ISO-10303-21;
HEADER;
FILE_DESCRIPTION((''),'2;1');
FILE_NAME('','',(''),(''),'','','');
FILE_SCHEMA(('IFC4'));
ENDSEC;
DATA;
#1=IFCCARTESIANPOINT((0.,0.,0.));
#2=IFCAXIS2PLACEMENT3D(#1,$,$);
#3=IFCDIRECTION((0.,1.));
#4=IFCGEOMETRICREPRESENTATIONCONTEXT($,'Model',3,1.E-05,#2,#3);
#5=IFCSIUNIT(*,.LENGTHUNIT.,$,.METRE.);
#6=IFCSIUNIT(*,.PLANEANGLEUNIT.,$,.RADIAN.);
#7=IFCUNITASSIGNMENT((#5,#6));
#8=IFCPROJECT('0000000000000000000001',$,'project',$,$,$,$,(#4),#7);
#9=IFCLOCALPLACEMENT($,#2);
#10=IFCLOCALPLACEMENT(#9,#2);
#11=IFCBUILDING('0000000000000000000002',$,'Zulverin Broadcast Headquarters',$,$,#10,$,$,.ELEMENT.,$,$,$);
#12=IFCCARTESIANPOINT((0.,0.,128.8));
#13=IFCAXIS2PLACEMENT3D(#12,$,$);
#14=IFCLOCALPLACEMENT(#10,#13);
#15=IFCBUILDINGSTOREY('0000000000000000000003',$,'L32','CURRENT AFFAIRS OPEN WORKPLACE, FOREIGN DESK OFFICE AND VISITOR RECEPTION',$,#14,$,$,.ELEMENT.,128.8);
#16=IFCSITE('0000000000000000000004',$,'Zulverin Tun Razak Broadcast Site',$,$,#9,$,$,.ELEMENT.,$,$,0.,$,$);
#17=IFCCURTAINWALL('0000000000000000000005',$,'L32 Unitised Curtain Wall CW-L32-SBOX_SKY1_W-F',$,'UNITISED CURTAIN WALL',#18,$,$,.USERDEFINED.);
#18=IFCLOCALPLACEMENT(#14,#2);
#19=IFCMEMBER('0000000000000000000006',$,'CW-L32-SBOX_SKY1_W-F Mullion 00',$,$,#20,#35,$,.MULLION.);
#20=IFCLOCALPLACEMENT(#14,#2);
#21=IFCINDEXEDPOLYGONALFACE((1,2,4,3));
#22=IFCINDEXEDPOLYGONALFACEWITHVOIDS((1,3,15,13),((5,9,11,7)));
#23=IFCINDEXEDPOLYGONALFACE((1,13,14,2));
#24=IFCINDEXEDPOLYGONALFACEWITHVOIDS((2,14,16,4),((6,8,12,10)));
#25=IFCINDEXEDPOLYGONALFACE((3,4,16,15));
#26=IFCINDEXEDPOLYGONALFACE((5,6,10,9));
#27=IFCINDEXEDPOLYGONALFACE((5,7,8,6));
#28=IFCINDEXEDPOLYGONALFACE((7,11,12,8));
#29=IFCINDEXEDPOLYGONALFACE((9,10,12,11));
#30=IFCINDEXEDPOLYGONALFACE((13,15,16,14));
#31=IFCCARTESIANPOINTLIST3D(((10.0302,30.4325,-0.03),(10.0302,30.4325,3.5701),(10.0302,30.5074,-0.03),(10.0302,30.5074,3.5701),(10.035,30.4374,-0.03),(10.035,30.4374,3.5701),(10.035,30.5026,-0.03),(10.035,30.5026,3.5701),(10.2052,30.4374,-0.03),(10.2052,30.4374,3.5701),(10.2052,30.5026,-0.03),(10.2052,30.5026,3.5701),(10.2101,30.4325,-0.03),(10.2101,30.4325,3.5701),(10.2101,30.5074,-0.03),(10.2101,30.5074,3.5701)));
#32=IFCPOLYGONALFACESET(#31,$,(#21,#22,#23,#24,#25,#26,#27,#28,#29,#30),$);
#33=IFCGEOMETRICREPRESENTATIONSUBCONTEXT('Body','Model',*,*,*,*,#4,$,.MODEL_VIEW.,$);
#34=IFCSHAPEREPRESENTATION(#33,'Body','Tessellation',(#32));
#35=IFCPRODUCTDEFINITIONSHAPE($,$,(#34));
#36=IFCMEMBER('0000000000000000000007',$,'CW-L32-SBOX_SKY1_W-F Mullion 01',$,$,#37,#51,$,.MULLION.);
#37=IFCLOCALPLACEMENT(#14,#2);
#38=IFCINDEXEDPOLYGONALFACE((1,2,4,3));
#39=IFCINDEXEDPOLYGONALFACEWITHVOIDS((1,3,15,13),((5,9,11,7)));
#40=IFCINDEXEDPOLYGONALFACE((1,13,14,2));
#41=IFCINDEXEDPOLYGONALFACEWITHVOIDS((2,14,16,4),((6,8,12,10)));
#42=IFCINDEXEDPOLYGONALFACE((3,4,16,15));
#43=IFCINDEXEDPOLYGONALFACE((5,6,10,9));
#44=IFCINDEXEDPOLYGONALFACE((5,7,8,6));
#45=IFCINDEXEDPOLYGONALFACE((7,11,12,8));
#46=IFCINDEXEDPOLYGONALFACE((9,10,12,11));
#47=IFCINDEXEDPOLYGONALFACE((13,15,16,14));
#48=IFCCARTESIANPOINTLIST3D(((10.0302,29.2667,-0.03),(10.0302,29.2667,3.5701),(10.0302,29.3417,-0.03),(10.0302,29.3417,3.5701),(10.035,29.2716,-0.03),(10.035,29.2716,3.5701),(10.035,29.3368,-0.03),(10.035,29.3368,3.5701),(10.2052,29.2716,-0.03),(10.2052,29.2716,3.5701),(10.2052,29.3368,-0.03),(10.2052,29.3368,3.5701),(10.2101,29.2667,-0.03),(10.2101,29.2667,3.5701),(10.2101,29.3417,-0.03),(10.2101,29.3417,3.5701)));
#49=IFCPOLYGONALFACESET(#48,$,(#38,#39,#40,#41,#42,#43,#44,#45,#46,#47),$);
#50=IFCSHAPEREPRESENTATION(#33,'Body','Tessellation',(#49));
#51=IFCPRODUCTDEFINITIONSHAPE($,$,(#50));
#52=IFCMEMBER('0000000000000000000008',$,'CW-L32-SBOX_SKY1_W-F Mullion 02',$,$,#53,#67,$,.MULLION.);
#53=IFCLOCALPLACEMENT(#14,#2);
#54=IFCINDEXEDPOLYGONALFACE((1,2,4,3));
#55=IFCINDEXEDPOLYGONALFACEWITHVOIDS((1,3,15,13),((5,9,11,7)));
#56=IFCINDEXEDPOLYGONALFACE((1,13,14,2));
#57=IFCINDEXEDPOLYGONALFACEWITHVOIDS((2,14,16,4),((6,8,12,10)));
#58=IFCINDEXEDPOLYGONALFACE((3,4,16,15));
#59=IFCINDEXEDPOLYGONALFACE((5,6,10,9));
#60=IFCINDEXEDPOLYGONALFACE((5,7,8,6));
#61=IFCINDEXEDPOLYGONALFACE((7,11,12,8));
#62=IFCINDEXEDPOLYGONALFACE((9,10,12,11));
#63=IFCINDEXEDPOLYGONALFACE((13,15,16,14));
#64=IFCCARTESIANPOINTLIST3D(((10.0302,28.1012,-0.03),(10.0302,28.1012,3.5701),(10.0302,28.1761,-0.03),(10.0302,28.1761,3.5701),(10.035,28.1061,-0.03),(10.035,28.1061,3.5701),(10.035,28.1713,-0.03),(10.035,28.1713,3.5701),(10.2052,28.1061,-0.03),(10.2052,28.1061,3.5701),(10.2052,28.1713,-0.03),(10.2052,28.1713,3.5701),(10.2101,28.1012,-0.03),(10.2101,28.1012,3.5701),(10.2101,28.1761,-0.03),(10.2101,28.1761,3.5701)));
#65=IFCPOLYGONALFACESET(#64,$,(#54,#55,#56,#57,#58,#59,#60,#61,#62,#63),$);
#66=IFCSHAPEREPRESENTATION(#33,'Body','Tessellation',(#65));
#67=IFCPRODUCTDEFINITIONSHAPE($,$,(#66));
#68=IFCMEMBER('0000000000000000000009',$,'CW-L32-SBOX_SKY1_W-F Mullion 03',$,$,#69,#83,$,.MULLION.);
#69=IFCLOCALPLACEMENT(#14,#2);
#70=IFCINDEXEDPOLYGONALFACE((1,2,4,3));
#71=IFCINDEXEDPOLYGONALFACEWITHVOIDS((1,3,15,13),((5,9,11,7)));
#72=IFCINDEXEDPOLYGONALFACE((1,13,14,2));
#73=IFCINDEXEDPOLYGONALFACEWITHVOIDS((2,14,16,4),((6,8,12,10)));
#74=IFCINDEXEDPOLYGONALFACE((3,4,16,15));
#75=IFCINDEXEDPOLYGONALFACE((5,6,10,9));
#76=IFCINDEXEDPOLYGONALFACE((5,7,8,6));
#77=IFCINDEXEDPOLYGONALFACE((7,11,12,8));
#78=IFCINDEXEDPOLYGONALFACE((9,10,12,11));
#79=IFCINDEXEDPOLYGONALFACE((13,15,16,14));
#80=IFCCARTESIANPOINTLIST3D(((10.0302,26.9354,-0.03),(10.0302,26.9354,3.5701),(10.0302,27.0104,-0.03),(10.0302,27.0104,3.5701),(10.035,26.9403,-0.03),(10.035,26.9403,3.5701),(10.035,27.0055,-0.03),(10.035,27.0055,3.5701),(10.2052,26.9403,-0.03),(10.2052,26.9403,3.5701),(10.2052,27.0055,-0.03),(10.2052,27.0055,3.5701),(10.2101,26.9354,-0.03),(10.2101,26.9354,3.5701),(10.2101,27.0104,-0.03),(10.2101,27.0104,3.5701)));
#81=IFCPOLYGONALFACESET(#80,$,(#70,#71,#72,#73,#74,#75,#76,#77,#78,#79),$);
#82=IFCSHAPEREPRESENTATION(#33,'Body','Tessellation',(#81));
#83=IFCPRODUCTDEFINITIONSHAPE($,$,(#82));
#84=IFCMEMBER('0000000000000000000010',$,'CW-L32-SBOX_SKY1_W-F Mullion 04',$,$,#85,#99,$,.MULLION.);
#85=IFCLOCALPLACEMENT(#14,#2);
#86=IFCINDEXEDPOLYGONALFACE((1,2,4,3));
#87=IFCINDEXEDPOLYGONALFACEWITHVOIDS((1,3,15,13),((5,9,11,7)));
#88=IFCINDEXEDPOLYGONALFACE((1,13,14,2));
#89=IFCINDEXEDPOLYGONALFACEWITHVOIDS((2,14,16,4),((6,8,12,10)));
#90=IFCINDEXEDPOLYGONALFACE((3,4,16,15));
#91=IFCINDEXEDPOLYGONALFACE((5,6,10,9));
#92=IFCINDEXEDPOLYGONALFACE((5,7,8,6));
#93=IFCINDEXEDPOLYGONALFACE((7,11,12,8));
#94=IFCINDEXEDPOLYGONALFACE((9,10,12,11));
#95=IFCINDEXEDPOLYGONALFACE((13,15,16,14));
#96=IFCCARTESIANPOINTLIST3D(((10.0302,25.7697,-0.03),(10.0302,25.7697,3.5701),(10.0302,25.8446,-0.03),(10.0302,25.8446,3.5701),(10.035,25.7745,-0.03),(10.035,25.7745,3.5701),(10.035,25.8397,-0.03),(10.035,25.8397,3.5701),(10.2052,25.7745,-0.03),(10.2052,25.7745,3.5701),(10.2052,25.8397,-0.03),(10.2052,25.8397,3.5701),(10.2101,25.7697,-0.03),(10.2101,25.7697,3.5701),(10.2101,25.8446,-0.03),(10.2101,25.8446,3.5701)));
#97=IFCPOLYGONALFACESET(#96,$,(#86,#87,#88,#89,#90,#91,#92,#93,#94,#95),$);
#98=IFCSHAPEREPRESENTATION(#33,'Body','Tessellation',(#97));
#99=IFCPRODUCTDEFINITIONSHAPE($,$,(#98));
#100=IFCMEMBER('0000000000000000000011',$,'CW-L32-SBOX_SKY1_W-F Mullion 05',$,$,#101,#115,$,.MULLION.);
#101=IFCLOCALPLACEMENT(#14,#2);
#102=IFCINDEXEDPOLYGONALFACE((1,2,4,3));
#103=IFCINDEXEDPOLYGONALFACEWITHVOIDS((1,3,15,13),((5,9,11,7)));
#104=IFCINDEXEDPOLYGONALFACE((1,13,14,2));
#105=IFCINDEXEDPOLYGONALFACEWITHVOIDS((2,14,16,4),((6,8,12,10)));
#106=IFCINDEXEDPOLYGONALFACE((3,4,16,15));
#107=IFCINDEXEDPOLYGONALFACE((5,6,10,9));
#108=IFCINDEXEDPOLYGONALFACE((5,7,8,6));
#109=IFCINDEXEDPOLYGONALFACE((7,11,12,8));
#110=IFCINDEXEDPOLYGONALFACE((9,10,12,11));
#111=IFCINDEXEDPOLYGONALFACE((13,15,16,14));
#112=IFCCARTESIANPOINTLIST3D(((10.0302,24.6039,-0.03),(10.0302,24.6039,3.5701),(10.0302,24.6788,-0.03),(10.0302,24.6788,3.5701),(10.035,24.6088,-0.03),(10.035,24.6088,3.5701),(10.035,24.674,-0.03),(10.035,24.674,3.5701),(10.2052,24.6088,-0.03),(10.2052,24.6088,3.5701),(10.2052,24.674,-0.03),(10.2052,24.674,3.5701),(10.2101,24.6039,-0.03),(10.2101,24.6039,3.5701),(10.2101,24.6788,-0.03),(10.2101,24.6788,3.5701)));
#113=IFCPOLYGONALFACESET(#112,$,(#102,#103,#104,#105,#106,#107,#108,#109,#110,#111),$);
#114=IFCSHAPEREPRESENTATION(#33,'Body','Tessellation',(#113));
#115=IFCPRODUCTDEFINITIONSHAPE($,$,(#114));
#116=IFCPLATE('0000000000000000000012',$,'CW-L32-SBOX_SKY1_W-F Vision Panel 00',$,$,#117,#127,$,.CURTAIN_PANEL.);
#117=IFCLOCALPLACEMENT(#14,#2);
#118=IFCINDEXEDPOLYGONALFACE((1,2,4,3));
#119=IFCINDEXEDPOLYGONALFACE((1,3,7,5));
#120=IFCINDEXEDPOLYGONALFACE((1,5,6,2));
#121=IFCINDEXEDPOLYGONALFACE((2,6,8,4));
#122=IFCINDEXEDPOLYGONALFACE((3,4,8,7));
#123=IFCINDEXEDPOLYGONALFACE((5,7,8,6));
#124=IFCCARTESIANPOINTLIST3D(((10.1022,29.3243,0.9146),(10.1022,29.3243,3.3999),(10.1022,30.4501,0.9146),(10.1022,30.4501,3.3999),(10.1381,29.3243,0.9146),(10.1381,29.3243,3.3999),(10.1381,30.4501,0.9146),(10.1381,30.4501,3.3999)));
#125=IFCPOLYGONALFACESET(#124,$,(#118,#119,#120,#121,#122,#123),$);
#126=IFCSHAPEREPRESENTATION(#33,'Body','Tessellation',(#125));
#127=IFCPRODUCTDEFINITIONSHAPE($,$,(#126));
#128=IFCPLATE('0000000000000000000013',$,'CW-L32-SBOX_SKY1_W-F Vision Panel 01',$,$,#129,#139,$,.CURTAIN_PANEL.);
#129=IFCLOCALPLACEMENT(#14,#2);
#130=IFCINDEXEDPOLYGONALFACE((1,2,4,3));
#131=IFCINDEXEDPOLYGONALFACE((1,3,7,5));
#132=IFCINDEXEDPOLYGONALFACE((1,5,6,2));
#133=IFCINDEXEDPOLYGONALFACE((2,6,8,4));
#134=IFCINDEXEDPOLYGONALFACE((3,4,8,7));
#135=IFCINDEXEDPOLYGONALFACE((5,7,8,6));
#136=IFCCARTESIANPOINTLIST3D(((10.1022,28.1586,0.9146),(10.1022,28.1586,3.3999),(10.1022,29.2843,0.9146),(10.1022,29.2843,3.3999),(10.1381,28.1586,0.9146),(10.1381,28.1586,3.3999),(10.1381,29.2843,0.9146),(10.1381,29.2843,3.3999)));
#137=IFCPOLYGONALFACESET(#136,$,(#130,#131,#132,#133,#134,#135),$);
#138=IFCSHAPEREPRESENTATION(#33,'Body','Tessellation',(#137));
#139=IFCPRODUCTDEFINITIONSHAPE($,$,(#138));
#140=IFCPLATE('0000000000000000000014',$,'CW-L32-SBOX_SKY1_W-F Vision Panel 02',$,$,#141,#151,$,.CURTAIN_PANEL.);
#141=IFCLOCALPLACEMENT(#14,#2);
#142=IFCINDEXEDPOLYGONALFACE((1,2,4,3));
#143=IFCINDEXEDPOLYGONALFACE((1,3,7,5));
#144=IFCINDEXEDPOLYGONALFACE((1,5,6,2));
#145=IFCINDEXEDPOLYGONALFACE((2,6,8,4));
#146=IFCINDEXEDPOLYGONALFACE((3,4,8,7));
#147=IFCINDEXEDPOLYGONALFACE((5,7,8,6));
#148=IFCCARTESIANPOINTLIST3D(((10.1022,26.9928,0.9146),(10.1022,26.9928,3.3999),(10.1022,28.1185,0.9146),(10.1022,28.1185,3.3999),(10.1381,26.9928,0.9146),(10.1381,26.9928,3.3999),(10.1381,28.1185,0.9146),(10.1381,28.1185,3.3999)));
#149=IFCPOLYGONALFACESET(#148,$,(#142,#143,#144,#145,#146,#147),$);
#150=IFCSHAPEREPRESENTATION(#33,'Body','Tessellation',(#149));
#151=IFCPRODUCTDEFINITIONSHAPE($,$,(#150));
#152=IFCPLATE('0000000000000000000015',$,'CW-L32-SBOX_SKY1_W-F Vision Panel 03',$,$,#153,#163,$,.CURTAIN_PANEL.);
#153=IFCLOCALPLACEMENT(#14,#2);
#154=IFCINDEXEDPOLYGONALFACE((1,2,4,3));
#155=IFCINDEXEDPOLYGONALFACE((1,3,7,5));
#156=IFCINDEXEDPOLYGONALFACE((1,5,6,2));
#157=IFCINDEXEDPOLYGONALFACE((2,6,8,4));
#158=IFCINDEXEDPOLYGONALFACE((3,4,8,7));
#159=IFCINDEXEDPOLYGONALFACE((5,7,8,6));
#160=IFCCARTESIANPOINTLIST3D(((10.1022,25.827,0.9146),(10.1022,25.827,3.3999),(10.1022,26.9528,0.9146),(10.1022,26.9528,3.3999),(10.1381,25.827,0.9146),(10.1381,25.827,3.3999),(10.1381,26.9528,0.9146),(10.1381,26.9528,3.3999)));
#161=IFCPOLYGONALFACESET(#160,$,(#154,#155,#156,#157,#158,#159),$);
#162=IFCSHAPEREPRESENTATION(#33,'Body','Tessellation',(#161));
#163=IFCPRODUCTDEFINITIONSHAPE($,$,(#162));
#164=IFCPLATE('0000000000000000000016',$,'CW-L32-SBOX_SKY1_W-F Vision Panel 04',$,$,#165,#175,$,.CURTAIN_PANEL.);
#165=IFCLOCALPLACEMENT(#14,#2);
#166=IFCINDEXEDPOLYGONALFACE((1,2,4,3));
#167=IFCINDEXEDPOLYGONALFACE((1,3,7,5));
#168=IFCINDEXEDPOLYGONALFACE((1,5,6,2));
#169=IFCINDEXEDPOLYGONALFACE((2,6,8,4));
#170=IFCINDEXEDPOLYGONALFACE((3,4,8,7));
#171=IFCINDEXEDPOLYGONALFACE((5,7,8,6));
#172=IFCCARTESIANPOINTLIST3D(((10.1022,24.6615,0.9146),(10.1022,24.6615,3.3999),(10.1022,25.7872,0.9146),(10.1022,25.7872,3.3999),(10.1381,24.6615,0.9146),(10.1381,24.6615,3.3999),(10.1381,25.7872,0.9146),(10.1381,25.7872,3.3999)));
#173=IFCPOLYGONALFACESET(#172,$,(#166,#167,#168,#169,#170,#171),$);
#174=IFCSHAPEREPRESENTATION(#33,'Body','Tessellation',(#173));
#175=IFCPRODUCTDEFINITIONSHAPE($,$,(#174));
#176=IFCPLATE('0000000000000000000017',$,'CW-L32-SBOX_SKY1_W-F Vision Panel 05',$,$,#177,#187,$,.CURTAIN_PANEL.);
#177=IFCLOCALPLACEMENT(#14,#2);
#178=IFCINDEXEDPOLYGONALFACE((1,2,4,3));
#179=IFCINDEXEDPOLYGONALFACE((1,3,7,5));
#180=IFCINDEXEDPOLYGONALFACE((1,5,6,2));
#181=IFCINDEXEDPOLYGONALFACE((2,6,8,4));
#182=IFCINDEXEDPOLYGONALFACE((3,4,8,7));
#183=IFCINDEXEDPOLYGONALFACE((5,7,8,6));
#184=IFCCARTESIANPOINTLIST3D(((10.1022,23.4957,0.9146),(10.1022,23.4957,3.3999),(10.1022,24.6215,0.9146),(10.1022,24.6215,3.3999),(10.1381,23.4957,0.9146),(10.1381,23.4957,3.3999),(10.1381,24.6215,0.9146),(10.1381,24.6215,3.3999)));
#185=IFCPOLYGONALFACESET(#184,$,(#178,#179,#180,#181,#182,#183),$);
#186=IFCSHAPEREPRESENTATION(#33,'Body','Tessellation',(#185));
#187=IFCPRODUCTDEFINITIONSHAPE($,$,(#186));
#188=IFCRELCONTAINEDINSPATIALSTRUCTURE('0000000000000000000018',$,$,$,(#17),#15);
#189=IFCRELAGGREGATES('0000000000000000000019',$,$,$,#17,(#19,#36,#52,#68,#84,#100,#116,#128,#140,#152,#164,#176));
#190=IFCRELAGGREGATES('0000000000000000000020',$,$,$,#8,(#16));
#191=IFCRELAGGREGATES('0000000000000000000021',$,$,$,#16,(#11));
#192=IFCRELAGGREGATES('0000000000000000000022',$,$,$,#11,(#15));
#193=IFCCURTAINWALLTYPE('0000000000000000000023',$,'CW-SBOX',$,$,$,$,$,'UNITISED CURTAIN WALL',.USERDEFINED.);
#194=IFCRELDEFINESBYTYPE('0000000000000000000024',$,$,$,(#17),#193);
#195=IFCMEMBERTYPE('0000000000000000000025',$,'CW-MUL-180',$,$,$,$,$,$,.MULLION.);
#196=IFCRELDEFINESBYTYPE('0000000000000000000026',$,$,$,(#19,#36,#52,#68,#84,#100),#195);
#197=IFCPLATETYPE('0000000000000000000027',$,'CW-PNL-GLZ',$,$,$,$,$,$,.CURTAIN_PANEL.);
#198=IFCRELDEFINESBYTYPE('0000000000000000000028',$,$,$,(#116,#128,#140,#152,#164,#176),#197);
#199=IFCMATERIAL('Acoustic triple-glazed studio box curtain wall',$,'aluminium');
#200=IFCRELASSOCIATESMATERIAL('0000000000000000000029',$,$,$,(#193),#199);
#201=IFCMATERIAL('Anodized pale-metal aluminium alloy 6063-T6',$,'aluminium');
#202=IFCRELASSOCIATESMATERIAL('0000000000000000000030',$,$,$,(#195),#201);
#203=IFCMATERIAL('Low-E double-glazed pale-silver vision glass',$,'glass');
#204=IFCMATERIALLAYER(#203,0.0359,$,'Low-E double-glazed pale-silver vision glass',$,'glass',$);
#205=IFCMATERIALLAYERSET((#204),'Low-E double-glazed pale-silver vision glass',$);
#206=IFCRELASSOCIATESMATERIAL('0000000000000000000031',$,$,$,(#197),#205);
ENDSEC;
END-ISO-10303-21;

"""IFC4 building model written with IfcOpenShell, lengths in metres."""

from ifc_helpers import new_model, si_unit, direction, frame, origin, origin_2d, place, context, subcontext, project, spatial, rectangle, hollow_rectangle, extrude, material, layer, layer_set, material_profile, profile_set, type_object, element, aggregate, save


model = new_model("IFC4")

# Units and contexts
model_context = context("Model", 3, precision=1e-05, world=origin(), true_north=direction((0.0, 1.0)))
body_context = subcontext(model_context, "Body", "Model", "MODEL_VIEW")
ifc_project = project(units=[si_unit("LENGTHUNIT", "METRE"), si_unit("PLANEANGLEUNIT", "RADIAN")], contexts=[model_context])

# Site, building, storey
site_placement = place(None, origin())
site = spatial("IfcSite", under=ifc_project, at=site_placement, Name="Zulverin Tun Razak Broadcast Site", CompositionType="ELEMENT", RefElevation=0.0)
building_placement = place(site_placement, origin())
building = spatial("IfcBuilding", under=site, at=building_placement, Name="Zulverin Broadcast Headquarters", CompositionType="ELEMENT")
storey_placement = place(building_placement, frame((0.0, 0.0, 128.8)))
storey = spatial("IfcBuildingStorey", under=building, at=storey_placement, Name="L32", Description="CURRENT AFFAIRS OPEN WORKPLACE, FOREIGN DESK OFFICE AND VISITOR RECEPTION", CompositionType="ELEMENT", Elevation=128.8)

# Curtain wall, members, plates
ifc_material_1 = material(Name="Acoustic triple-glazed studio box curtain wall", Category="aluminium")
curtain_wall_type = type_object("IfcCurtainWallType", Name="CW-SBOX", ElementType="UNITISED CURTAIN WALL", PredefinedType="USERDEFINED", material=ifc_material_1)
curtain_wall_placement = place(storey_placement, origin())
curtain_wall = element("IfcCurtainWall", 1, at=curtain_wall_placement, inside=storey, type_object=curtain_wall_type, Name="L32 Unitised Curtain Wall CW-L32-SBOX_SKY1_W-F", ObjectType="UNITISED CURTAIN WALL", PredefinedType="USERDEFINED")
ifc_material_2 = material(Name="Anodized pale-metal aluminium alloy 6063-T6", Category="aluminium")
ifc_material_profile = material_profile(ifc_material_2, hollow_rectangle(XDim=0.075, YDim=0.1799, WallThickness=0.0049, at=origin_2d()), Name="Anodized pale-metal aluminium alloy 6063-T6", Category="aluminium")
ifc_profile_set = profile_set([ifc_material_profile], Name="Anodized pale-metal aluminium alloy 6063-T6")
member_type = type_object("IfcMemberType", Name="CW-MUL-180", PredefinedType="MULLION", material=ifc_profile_set)
member_1_placement = place(storey_placement, frame((10.1201, 30.47, -0.03), z_axis=(0.0, 0.0, 1.0), x_axis=(0.0, -1.0, 0.0)))
member_1 = element("IfcMember", 2, at=member_1_placement, type_object=member_type, Name="CW-L32-SBOX_SKY1_W-F Mullion 00", PredefinedType="MULLION", context=body_context, shape_type="SweptSolid", body=[
    extrude(hollow_rectangle(XDim=0.075, YDim=0.1799, WallThickness=0.0049, at=origin_2d()), origin(), (0.0, 0.0, 1.0), 3.6001),
])
member_2_placement = place(storey_placement, frame((10.1201, 29.3042, -0.03), z_axis=(0.0, 0.0, 1.0), x_axis=(0.0, -1.0, 0.0)))
member_2 = element("IfcMember", 3, at=member_2_placement, type_object=member_type, Name="CW-L32-SBOX_SKY1_W-F Mullion 01", PredefinedType="MULLION", context=body_context, shape_type="SweptSolid", body=[
    extrude(hollow_rectangle(XDim=0.075, YDim=0.1799, WallThickness=0.0049, at=origin_2d()), origin(), (0.0, 0.0, 1.0), 3.6001),
])
member_3_placement = place(storey_placement, frame((10.1201, 28.1387, -0.03), z_axis=(0.0, 0.0, 1.0), x_axis=(0.0, -1.0, 0.0)))
member_3 = element("IfcMember", 4, at=member_3_placement, type_object=member_type, Name="CW-L32-SBOX_SKY1_W-F Mullion 02", PredefinedType="MULLION", context=body_context, shape_type="SweptSolid", body=[
    extrude(hollow_rectangle(XDim=0.075, YDim=0.1799, WallThickness=0.0049, at=origin_2d()), origin(), (0.0, 0.0, 1.0), 3.6001),
])
member_4_placement = place(storey_placement, frame((10.1201, 26.9729, -0.03), z_axis=(0.0, 0.0, 1.0), x_axis=(0.0, -1.0, 0.0)))
member_4 = element("IfcMember", 5, at=member_4_placement, type_object=member_type, Name="CW-L32-SBOX_SKY1_W-F Mullion 03", PredefinedType="MULLION", context=body_context, shape_type="SweptSolid", body=[
    extrude(hollow_rectangle(XDim=0.075, YDim=0.1799, WallThickness=0.0049, at=origin_2d()), origin(), (0.0, 0.0, 1.0), 3.6001),
])
member_5_placement = place(storey_placement, frame((10.1201, 25.8071, -0.03), z_axis=(0.0, 0.0, 1.0), x_axis=(0.0, -1.0, 0.0)))
member_5 = element("IfcMember", 6, at=member_5_placement, type_object=member_type, Name="CW-L32-SBOX_SKY1_W-F Mullion 04", PredefinedType="MULLION", context=body_context, shape_type="SweptSolid", body=[
    extrude(hollow_rectangle(XDim=0.075, YDim=0.1799, WallThickness=0.0049, at=origin_2d()), origin(), (0.0, 0.0, 1.0), 3.6001),
])
member_6_placement = place(storey_placement, frame((10.1201, 24.6414, -0.03), z_axis=(0.0, 0.0, 1.0), x_axis=(0.0, -1.0, 0.0)))
member_6 = element("IfcMember", 7, at=member_6_placement, type_object=member_type, Name="CW-L32-SBOX_SKY1_W-F Mullion 05", PredefinedType="MULLION", context=body_context, shape_type="SweptSolid", body=[
    extrude(hollow_rectangle(XDim=0.075, YDim=0.1799, WallThickness=0.0049, at=origin_2d()), origin(), (0.0, 0.0, 1.0), 3.6001),
])
ifc_material_3 = material(Name="Low-E double-glazed pale-silver vision glass", Category="glass")
ifc_layer_1 = layer(ifc_material_3, 0.0359, Name="Low-E double-glazed pale-silver vision glass", Category="glass")
ifc_layer_set_1 = layer_set([ifc_layer_1], Name="Low-E double-glazed pale-silver vision glass")
plate_type_1 = type_object("IfcPlateType", Name="CW-PNL-GLZ", PredefinedType="CURTAIN_PANEL", material=ifc_layer_set_1)
plate_1_placement = place(storey_placement, frame((10.1201, 29.8872, 0.9146), z_axis=(0.0, 0.0, 1.0), x_axis=(0.0, -1.0, 0.0)))
plate_1 = element("IfcPlate", 8, at=plate_1_placement, type_object=plate_type_1, Name="CW-L32-SBOX_SKY1_W-F Vision Panel 00", PredefinedType="CURTAIN_PANEL", context=body_context, shape_type="SweptSolid", body=[
    extrude(rectangle(XDim=1.1257, YDim=0.0359, at=origin_2d()), origin(), (0.0, 0.0, 1.0), 2.4854),
])
plate_2_placement = place(storey_placement, frame((10.1201, 28.7214, 0.9146), z_axis=(0.0, 0.0, 1.0), x_axis=(0.0, -1.0, 0.0)))
plate_2 = element("IfcPlate", 9, at=plate_2_placement, type_object=plate_type_1, Name="CW-L32-SBOX_SKY1_W-F Vision Panel 01", PredefinedType="CURTAIN_PANEL", context=body_context, shape_type="SweptSolid", body=[
    extrude(rectangle(XDim=1.1257, YDim=0.0359, at=origin_2d()), origin(), (0.0, 0.0, 1.0), 2.4854),
])
plate_3_placement = place(storey_placement, frame((10.1201, 27.5557, 0.9146), z_axis=(0.0, 0.0, 1.0), x_axis=(0.0, -1.0, 0.0)))
plate_3 = element("IfcPlate", 10, at=plate_3_placement, type_object=plate_type_1, Name="CW-L32-SBOX_SKY1_W-F Vision Panel 02", PredefinedType="CURTAIN_PANEL", context=body_context, shape_type="SweptSolid", body=[
    extrude(rectangle(XDim=1.1257, YDim=0.0359, at=origin_2d()), origin(), (0.0, 0.0, 1.0), 2.4854),
])
plate_4_placement = place(storey_placement, frame((10.1201, 26.3899, 0.9146), z_axis=(0.0, 0.0, 1.0), x_axis=(0.0, -1.0, 0.0)))
plate_4 = element("IfcPlate", 11, at=plate_4_placement, type_object=plate_type_1, Name="CW-L32-SBOX_SKY1_W-F Vision Panel 03", PredefinedType="CURTAIN_PANEL", context=body_context, shape_type="SweptSolid", body=[
    extrude(rectangle(XDim=1.1257, YDim=0.0359, at=origin_2d()), origin(), (0.0, 0.0, 1.0), 2.4854),
])
plate_5_placement = place(storey_placement, frame((10.1201, 25.2244, 0.9146), z_axis=(0.0, 0.0, 1.0), x_axis=(0.0, -1.0, 0.0)))
plate_5 = element("IfcPlate", 12, at=plate_5_placement, type_object=plate_type_1, Name="CW-L32-SBOX_SKY1_W-F Vision Panel 04", PredefinedType="CURTAIN_PANEL", context=body_context, shape_type="SweptSolid", body=[
    extrude(rectangle(XDim=1.1257, YDim=0.0359, at=origin_2d()), origin(), (0.0, 0.0, 1.0), 2.4854),
])
plate_6_placement = place(storey_placement, frame((10.1201, 24.0586, 0.9146), z_axis=(0.0, 0.0, 1.0), x_axis=(0.0, -1.0, 0.0)))
plate_6 = element("IfcPlate", 13, at=plate_6_placement, type_object=plate_type_1, Name="CW-L32-SBOX_SKY1_W-F Vision Panel 05", PredefinedType="CURTAIN_PANEL", context=body_context, shape_type="SweptSolid", body=[
    extrude(rectangle(XDim=1.1257, YDim=0.0359, at=origin_2d()), origin(), (0.0, 0.0, 1.0), 2.4854),
])
aggregate(curtain_wall, [member_1, member_2, member_3, member_4, member_5, member_6, plate_1, plate_2, plate_3, plate_4, plate_5, plate_6])

save(model, "model.ifc")
